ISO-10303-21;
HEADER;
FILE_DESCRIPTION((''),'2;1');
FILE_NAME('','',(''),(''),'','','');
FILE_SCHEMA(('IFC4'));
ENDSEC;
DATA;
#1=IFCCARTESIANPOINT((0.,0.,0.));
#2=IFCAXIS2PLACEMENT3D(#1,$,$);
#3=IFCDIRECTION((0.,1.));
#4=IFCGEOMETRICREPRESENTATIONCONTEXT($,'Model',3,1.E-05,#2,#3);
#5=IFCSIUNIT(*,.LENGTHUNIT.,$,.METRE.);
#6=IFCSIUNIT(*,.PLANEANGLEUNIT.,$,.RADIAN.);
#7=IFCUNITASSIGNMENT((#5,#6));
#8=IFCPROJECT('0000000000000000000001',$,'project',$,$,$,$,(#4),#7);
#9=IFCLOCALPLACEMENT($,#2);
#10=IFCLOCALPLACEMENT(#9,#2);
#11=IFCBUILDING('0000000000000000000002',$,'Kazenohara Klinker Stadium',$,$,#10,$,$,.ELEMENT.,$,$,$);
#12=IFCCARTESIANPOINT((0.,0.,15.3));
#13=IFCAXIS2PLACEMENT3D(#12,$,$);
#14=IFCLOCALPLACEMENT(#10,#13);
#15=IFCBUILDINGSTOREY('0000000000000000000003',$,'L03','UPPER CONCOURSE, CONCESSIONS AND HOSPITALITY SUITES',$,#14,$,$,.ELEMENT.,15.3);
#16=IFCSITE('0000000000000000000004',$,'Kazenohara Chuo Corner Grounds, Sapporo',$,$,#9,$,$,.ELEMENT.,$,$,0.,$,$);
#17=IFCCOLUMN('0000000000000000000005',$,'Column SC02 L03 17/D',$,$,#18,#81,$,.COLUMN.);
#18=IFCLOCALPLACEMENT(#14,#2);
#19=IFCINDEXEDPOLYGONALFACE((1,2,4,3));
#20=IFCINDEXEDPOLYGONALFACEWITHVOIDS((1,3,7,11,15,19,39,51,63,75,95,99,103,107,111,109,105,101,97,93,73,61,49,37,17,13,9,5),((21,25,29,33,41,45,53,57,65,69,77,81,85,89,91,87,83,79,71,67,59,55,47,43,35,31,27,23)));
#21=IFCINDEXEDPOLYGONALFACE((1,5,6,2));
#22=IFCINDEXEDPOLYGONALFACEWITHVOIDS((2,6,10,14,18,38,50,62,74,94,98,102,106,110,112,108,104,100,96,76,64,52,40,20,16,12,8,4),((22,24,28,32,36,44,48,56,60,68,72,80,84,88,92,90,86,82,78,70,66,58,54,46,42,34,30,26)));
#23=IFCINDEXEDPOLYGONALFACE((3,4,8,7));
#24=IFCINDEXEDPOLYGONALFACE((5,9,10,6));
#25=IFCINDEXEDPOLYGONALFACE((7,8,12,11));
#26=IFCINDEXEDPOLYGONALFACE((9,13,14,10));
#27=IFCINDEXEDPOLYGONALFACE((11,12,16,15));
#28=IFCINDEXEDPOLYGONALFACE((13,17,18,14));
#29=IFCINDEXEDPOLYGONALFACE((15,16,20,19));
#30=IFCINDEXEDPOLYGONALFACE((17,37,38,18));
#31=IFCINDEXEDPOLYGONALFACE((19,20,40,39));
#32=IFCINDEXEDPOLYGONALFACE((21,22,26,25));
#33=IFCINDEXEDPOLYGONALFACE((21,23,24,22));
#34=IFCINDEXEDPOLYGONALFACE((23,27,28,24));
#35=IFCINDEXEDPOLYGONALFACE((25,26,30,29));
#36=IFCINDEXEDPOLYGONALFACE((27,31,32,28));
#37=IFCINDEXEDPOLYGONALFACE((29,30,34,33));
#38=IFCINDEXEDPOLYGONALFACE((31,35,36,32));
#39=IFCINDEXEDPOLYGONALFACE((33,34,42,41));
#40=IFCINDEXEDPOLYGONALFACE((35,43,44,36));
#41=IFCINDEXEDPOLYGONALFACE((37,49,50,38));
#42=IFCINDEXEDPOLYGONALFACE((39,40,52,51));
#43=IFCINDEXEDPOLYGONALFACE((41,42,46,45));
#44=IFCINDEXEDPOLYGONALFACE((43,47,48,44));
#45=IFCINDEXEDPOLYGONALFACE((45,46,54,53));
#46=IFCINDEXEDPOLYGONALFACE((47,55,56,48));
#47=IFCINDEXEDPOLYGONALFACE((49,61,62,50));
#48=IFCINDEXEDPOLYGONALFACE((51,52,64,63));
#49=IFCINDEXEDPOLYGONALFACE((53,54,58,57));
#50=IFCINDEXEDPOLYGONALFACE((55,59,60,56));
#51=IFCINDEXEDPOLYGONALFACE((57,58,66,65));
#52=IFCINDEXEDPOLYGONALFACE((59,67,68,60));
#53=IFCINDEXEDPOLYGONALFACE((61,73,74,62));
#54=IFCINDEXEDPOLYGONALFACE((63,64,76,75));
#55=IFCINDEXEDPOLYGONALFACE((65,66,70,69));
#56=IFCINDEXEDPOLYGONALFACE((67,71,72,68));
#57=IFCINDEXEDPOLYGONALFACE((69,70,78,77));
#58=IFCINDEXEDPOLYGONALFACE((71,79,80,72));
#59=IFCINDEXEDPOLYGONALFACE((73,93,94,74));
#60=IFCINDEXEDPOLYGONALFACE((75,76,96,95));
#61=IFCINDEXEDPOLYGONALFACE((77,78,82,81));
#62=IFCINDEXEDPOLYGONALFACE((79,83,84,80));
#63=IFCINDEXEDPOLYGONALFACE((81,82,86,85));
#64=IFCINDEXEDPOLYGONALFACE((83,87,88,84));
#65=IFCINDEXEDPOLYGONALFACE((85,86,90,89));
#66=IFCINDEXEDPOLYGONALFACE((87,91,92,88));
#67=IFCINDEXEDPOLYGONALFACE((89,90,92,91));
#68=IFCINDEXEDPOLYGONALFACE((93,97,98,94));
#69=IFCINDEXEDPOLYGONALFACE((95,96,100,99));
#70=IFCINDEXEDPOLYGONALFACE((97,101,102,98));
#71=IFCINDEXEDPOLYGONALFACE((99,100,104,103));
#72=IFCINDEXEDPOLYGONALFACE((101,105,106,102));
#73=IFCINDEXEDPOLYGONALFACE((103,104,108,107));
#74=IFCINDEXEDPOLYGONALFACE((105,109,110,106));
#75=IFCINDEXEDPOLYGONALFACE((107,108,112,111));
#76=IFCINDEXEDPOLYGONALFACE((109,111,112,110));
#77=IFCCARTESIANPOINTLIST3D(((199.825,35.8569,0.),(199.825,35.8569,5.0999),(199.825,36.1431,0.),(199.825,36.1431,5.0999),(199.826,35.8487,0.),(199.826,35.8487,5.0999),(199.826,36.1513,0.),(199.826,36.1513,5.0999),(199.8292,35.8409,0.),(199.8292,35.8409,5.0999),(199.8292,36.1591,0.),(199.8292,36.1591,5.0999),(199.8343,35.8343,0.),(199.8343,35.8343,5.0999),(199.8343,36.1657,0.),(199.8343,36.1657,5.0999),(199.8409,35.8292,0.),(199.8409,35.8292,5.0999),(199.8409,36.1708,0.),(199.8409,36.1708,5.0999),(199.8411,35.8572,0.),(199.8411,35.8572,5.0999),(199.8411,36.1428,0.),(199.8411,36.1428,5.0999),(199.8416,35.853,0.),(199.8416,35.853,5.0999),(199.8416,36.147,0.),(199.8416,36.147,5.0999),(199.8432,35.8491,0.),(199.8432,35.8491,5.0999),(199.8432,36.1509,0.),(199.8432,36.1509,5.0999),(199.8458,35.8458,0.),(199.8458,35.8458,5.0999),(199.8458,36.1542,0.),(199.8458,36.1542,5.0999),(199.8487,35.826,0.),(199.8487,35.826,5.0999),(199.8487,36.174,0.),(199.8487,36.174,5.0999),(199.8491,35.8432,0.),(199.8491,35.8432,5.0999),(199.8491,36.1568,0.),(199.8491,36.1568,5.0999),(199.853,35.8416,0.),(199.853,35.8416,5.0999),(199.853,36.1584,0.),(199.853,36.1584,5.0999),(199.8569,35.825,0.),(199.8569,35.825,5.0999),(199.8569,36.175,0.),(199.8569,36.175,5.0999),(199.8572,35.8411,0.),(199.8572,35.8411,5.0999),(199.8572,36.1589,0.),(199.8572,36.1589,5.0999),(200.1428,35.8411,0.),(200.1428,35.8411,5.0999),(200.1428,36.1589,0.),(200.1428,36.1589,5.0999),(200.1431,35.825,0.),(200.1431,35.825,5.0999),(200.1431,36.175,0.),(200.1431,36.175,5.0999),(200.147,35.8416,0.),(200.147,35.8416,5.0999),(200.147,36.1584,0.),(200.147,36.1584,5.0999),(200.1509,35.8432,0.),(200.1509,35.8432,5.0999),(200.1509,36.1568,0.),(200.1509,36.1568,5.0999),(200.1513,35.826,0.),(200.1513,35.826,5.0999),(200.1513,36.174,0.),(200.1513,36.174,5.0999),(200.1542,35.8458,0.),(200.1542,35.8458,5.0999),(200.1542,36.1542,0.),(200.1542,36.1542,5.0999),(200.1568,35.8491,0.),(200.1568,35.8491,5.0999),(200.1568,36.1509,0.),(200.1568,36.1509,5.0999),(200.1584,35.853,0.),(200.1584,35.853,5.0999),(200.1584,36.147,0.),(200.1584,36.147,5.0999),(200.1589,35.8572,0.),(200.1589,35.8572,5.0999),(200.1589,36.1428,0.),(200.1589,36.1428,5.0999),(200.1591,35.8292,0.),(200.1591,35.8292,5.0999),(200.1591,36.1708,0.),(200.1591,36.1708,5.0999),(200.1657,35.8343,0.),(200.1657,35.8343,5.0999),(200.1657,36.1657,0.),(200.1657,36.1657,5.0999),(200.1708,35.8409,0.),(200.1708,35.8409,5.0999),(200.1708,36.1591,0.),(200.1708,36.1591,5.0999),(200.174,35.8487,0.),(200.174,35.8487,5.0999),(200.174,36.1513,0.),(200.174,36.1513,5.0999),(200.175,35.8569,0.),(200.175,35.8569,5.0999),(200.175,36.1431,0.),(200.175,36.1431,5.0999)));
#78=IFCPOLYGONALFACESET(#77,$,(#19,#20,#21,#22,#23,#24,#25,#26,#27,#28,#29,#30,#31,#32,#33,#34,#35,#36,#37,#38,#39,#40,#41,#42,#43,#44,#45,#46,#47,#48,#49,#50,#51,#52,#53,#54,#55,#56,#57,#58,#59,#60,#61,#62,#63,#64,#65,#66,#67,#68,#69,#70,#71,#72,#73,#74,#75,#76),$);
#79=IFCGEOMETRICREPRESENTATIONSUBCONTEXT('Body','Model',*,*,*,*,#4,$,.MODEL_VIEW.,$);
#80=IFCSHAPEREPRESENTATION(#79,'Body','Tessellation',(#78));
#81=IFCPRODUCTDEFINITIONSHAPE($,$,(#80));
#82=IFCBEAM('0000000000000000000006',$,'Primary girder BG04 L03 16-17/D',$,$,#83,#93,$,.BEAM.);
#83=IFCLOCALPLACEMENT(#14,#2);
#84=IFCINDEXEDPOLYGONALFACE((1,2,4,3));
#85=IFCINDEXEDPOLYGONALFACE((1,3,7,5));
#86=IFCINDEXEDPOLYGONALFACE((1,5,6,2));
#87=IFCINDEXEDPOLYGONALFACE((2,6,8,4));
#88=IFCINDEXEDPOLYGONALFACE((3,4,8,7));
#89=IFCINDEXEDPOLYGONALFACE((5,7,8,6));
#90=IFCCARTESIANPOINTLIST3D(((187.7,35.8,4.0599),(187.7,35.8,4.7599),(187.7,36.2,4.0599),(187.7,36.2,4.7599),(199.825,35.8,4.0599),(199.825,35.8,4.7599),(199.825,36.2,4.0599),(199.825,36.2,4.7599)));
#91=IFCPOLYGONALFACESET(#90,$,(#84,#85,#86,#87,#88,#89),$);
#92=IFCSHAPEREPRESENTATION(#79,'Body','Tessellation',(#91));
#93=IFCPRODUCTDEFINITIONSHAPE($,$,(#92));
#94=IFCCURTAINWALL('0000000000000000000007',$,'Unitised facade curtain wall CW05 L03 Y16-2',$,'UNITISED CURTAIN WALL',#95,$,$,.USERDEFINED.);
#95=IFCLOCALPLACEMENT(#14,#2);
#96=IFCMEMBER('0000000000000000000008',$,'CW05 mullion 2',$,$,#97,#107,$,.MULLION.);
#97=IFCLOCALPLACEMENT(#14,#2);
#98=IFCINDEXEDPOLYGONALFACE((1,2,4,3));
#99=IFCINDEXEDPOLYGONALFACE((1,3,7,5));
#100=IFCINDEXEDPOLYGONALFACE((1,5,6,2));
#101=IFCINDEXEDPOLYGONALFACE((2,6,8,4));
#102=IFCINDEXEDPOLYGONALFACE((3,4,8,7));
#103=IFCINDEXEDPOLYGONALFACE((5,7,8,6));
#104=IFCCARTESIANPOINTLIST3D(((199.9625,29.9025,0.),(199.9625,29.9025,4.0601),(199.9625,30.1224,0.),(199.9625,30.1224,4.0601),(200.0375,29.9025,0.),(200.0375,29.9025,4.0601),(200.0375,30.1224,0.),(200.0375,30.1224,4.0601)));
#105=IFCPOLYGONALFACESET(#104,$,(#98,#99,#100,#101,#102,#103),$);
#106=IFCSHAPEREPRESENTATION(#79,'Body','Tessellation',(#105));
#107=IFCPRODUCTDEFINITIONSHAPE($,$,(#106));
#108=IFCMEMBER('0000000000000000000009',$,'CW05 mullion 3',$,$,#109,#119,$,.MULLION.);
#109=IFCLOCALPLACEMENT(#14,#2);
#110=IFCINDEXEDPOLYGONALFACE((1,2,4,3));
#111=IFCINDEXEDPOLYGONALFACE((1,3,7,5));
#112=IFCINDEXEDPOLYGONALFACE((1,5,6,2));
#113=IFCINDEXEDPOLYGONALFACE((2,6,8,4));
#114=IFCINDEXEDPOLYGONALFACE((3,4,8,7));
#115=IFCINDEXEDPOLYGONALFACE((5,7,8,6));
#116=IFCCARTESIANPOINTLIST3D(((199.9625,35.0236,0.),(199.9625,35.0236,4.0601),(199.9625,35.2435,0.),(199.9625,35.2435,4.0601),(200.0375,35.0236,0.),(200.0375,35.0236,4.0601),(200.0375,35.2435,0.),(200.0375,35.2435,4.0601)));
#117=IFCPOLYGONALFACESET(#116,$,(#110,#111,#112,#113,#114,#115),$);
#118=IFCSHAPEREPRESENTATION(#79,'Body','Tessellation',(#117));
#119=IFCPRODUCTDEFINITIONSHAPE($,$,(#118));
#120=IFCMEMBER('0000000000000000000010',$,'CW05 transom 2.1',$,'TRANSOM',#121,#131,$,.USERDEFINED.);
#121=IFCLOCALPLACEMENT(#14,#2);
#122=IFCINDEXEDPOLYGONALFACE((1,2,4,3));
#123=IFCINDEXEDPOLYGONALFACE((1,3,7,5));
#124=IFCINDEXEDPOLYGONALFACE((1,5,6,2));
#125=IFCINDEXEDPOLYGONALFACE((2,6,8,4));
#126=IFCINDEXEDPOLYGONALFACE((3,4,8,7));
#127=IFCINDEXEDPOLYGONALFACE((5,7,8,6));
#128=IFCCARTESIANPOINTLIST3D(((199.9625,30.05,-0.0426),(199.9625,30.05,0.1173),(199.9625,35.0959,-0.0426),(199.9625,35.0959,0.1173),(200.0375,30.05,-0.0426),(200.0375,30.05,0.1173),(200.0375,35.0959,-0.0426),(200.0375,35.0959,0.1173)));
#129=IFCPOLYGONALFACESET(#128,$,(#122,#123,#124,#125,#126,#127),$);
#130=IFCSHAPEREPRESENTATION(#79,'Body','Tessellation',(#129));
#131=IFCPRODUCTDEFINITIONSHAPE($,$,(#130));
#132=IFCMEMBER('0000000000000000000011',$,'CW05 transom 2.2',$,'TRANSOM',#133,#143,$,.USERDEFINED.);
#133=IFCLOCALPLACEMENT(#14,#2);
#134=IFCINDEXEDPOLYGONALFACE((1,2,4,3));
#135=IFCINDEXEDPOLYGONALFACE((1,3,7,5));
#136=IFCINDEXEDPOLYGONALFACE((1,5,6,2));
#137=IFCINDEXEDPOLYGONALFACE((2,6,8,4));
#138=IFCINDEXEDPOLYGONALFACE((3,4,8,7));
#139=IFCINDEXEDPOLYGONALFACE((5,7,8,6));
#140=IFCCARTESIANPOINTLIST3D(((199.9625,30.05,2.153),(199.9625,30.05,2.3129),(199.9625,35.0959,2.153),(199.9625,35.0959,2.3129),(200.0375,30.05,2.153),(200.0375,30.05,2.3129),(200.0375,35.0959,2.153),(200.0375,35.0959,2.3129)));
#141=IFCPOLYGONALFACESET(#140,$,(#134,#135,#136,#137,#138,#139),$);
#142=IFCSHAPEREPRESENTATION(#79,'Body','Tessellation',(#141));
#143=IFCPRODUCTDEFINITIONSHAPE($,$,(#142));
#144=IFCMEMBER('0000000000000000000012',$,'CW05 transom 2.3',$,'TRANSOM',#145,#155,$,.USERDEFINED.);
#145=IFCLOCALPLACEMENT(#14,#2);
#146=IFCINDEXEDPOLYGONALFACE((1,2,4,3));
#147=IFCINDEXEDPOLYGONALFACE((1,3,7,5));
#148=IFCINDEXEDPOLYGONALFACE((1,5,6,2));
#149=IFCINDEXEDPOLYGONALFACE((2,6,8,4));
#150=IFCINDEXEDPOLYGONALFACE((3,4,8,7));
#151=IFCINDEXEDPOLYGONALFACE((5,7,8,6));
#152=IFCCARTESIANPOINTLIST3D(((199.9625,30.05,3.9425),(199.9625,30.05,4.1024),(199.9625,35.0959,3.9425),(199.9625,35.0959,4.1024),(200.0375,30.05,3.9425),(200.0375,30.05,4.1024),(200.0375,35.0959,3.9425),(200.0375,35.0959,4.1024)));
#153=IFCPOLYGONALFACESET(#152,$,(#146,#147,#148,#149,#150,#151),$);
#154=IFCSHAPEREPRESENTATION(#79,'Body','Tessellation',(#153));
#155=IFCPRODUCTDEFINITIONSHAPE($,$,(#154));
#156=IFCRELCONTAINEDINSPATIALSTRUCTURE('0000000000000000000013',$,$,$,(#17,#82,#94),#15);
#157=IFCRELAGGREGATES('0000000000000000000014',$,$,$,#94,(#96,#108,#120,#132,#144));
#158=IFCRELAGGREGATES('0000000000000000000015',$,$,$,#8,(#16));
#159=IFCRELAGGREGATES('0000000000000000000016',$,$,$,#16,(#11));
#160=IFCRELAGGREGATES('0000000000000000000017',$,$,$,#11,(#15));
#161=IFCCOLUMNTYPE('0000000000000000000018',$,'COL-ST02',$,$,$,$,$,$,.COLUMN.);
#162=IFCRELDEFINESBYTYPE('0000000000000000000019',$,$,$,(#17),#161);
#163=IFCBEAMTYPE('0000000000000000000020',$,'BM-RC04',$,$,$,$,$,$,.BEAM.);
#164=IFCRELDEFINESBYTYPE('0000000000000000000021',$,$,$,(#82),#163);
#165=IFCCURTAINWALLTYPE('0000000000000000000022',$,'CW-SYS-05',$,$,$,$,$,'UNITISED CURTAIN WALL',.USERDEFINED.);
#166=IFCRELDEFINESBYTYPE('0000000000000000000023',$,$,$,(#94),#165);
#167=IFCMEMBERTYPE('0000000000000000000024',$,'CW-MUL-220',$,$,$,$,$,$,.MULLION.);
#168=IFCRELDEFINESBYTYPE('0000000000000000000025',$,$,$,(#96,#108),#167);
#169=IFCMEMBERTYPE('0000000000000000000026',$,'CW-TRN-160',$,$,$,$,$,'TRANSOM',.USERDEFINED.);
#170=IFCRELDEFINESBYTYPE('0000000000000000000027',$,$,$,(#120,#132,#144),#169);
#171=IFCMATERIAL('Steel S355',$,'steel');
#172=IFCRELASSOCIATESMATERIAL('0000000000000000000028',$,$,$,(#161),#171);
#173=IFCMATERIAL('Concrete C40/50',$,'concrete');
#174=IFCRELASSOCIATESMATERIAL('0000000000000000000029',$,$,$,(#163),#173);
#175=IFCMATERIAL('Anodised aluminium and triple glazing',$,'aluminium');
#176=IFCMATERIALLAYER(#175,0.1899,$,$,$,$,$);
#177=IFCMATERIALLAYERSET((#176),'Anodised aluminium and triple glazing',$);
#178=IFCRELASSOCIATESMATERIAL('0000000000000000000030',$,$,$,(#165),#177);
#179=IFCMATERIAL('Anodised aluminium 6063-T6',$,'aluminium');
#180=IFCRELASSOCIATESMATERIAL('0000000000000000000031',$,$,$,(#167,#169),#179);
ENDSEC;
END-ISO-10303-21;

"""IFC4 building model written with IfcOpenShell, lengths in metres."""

from ifc_helpers import new_model, si_unit, direction, frame, origin, origin_2d, place, context, subcontext, project, spatial, rectangle, hollow_rectangle, extrude, material, layer, layer_set, material_profile, profile_set, type_object, element, aggregate, save


model = new_model("IFC4")

# Units and contexts
model_context = context("Model", 3, precision=1e-05, world=origin(), true_north=direction((0.0, 1.0)))
body_context = subcontext(model_context, "Body", "Model", "MODEL_VIEW")
ifc_project = project(units=[si_unit("LENGTHUNIT", "METRE"), si_unit("PLANEANGLEUNIT", "RADIAN")], contexts=[model_context])

# Site, building, storey
site_placement = place(None, origin())
site = spatial("IfcSite", under=ifc_project, at=site_placement, Name="Kazenohara Chuo Corner Grounds, Sapporo", CompositionType="ELEMENT", RefElevation=0.0)
building_placement = place(site_placement, origin())
building = spatial("IfcBuilding", under=site, at=building_placement, Name="Kazenohara Klinker Stadium", CompositionType="ELEMENT")
storey_placement = place(building_placement, frame((0.0, 0.0, 15.3)))
storey = spatial("IfcBuildingStorey", under=building, at=storey_placement, Name="L03", Description="UPPER CONCOURSE, CONCESSIONS AND HOSPITALITY SUITES", CompositionType="ELEMENT", Elevation=15.3)

# Column
ifc_material_1 = material(Name="Steel S355", Category="steel")
ifc_material_profile_1 = material_profile(ifc_material_1, hollow_rectangle(XDim=0.3501, YDim=0.3501, WallThickness=0.0161, InnerFilletRadius=0.0161, OuterFilletRadius=0.032, at=origin_2d()), Name="SHS-350x350x16")
ifc_profile_set_1 = profile_set([ifc_material_profile_1], Name="Steel S355")
column_type = type_object("IfcColumnType", Name="COL-ST02", PredefinedType="COLUMN", material=ifc_profile_set_1)
column_placement = place(storey_placement, frame((200.0, 36.0, 0.0), z_axis=(0.0, 0.0, 1.0), x_axis=(1.0, 0.0, 0.0)))
element("IfcColumn", 1, at=column_placement, inside=storey, type_object=column_type, Name="Column SC02 L03 17/D", PredefinedType="COLUMN", context=body_context, shape_type="SweptSolid", body=[
    extrude(hollow_rectangle(XDim=0.3501, YDim=0.3501, WallThickness=0.0161, InnerFilletRadius=0.0161, OuterFilletRadius=0.032, at=origin_2d()), origin(), (0.0, 0.0, 1.0), 5.0999),
])

# Beam
ifc_material_2 = material(Name="Concrete C40/50", Category="concrete")
ifc_material_profile_2 = material_profile(ifc_material_2, rectangle(XDim=0.3999, YDim=0.7, at=origin_2d()), Name="RC-BM-400x700")
ifc_profile_set_2 = profile_set([ifc_material_profile_2], Name="Concrete C40/50")
beam_type = type_object("IfcBeamType", Name="BM-RC04", PredefinedType="BEAM", material=ifc_profile_set_2)
beam_placement = place(storey_placement, frame((187.7, 36.0, 4.4099), z_axis=(1.0, 0.0, 0.0), x_axis=(0.0, 1.0, 0.0)))
element("IfcBeam", 2, at=beam_placement, inside=storey, type_object=beam_type, Name="Primary girder BG04 L03 16-17/D", PredefinedType="BEAM", context=body_context, shape_type="SweptSolid", body=[
    extrude(rectangle(XDim=0.3999, YDim=0.7, at=origin_2d()), origin(), (0.0, 0.0, 1.0), 12.125),
])

# Curtain wall, members
ifc_material_3 = material(Name="Anodised aluminium and triple glazing", Category="aluminium")
ifc_layer_1 = layer(ifc_material_3, 0.1899)
ifc_layer_set_1 = layer_set([ifc_layer_1], Name="Anodised aluminium and triple glazing")
curtain_wall_type = type_object("IfcCurtainWallType", Name="CW-SYS-05", ElementType="UNITISED CURTAIN WALL", PredefinedType="USERDEFINED", material=ifc_layer_set_1)
curtain_wall_placement = place(storey_placement, origin())
curtain_wall = element("IfcCurtainWall", 3, at=curtain_wall_placement, inside=storey, type_object=curtain_wall_type, Name="Unitised facade curtain wall CW05 L03 Y16-2", ObjectType="UNITISED CURTAIN WALL", PredefinedType="USERDEFINED")
ifc_material_4 = material(Name="Anodised aluminium 6063-T6", Category="aluminium")
ifc_material_profile_3 = material_profile(ifc_material_4, rectangle(XDim=0.075, YDim=0.22, at=origin_2d()), Name="ALU-MUL-75x220")
ifc_profile_set_3 = profile_set([ifc_material_profile_3], Name="Anodised aluminium 6063-T6")
member_type_1 = type_object("IfcMemberType", Name="CW-MUL-220", PredefinedType="MULLION", material=ifc_profile_set_3)
member_1_placement = place(storey_placement, frame((200.0, 30.0125, 0.0), z_axis=(0.0, 0.0, 1.0), x_axis=(-1.0, 0.0, 0.0)))
member_1 = element("IfcMember", 4, at=member_1_placement, type_object=member_type_1, Name="CW05 mullion 2", PredefinedType="MULLION", context=body_context, shape_type="SweptSolid", body=[
    extrude(rectangle(XDim=0.075, YDim=0.22, at=origin_2d()), origin(), (0.0, 0.0, 1.0), 4.0601),
])
member_2_placement = place(storey_placement, frame((200.0, 35.1335, 0.0), z_axis=(0.0, 0.0, 1.0), x_axis=(-1.0, 0.0, 0.0)))
member_2 = element("IfcMember", 5, at=member_2_placement, type_object=member_type_1, Name="CW05 mullion 3", PredefinedType="MULLION", context=body_context, shape_type="SweptSolid", body=[
    extrude(rectangle(XDim=0.075, YDim=0.22, at=origin_2d()), origin(), (0.0, 0.0, 1.0), 4.0601),
])
ifc_material_profile_4 = material_profile(ifc_material_4, rectangle(XDim=0.075, YDim=0.1599, at=origin_2d()), Name="ALU-TRN-75x160")
ifc_profile_set_4 = profile_set([ifc_material_profile_4], Name="Anodised aluminium 6063-T6")
member_type_2 = type_object("IfcMemberType", Name="CW-TRN-160", ElementType="TRANSOM", PredefinedType="USERDEFINED", material=ifc_profile_set_4)
member_3_placement = place(storey_placement, frame((200.0, 30.05, 0.0374), z_axis=(0.0, 1.0, 0.0), x_axis=(-1.0, 0.0, 0.0)))
member_3 = element("IfcMember", 6, at=member_3_placement, type_object=member_type_2, Name="CW05 transom 2.1", ObjectType="TRANSOM", PredefinedType="USERDEFINED", context=body_context, shape_type="SweptSolid", body=[
    extrude(rectangle(XDim=0.075, YDim=0.1599, at=origin_2d()), origin(), (0.0, 0.0, 1.0), 5.0459),
])
member_4_placement = place(storey_placement, frame((200.0, 30.05, 2.2329), z_axis=(0.0, 1.0, 0.0), x_axis=(-1.0, 0.0, 0.0)))
member_4 = element("IfcMember", 7, at=member_4_placement, type_object=member_type_2, Name="CW05 transom 2.2", ObjectType="TRANSOM", PredefinedType="USERDEFINED", context=body_context, shape_type="SweptSolid", body=[
    extrude(rectangle(XDim=0.075, YDim=0.1599, at=origin_2d()), origin(), (0.0, 0.0, 1.0), 5.0459),
])
member_5_placement = place(storey_placement, frame((200.0, 30.05, 4.0225), z_axis=(0.0, 1.0, 0.0), x_axis=(-1.0, 0.0, 0.0)))
member_5 = element("IfcMember", 8, at=member_5_placement, type_object=member_type_2, Name="CW05 transom 2.3", ObjectType="TRANSOM", PredefinedType="USERDEFINED", context=body_context, shape_type="SweptSolid", body=[
    extrude(rectangle(XDim=0.075, YDim=0.1599, at=origin_2d()), origin(), (0.0, 0.0, 1.0), 5.0459),
])

aggregate(curtain_wall, [member_1, member_2, member_3, member_4, member_5])

save(model, "model.ifc")
